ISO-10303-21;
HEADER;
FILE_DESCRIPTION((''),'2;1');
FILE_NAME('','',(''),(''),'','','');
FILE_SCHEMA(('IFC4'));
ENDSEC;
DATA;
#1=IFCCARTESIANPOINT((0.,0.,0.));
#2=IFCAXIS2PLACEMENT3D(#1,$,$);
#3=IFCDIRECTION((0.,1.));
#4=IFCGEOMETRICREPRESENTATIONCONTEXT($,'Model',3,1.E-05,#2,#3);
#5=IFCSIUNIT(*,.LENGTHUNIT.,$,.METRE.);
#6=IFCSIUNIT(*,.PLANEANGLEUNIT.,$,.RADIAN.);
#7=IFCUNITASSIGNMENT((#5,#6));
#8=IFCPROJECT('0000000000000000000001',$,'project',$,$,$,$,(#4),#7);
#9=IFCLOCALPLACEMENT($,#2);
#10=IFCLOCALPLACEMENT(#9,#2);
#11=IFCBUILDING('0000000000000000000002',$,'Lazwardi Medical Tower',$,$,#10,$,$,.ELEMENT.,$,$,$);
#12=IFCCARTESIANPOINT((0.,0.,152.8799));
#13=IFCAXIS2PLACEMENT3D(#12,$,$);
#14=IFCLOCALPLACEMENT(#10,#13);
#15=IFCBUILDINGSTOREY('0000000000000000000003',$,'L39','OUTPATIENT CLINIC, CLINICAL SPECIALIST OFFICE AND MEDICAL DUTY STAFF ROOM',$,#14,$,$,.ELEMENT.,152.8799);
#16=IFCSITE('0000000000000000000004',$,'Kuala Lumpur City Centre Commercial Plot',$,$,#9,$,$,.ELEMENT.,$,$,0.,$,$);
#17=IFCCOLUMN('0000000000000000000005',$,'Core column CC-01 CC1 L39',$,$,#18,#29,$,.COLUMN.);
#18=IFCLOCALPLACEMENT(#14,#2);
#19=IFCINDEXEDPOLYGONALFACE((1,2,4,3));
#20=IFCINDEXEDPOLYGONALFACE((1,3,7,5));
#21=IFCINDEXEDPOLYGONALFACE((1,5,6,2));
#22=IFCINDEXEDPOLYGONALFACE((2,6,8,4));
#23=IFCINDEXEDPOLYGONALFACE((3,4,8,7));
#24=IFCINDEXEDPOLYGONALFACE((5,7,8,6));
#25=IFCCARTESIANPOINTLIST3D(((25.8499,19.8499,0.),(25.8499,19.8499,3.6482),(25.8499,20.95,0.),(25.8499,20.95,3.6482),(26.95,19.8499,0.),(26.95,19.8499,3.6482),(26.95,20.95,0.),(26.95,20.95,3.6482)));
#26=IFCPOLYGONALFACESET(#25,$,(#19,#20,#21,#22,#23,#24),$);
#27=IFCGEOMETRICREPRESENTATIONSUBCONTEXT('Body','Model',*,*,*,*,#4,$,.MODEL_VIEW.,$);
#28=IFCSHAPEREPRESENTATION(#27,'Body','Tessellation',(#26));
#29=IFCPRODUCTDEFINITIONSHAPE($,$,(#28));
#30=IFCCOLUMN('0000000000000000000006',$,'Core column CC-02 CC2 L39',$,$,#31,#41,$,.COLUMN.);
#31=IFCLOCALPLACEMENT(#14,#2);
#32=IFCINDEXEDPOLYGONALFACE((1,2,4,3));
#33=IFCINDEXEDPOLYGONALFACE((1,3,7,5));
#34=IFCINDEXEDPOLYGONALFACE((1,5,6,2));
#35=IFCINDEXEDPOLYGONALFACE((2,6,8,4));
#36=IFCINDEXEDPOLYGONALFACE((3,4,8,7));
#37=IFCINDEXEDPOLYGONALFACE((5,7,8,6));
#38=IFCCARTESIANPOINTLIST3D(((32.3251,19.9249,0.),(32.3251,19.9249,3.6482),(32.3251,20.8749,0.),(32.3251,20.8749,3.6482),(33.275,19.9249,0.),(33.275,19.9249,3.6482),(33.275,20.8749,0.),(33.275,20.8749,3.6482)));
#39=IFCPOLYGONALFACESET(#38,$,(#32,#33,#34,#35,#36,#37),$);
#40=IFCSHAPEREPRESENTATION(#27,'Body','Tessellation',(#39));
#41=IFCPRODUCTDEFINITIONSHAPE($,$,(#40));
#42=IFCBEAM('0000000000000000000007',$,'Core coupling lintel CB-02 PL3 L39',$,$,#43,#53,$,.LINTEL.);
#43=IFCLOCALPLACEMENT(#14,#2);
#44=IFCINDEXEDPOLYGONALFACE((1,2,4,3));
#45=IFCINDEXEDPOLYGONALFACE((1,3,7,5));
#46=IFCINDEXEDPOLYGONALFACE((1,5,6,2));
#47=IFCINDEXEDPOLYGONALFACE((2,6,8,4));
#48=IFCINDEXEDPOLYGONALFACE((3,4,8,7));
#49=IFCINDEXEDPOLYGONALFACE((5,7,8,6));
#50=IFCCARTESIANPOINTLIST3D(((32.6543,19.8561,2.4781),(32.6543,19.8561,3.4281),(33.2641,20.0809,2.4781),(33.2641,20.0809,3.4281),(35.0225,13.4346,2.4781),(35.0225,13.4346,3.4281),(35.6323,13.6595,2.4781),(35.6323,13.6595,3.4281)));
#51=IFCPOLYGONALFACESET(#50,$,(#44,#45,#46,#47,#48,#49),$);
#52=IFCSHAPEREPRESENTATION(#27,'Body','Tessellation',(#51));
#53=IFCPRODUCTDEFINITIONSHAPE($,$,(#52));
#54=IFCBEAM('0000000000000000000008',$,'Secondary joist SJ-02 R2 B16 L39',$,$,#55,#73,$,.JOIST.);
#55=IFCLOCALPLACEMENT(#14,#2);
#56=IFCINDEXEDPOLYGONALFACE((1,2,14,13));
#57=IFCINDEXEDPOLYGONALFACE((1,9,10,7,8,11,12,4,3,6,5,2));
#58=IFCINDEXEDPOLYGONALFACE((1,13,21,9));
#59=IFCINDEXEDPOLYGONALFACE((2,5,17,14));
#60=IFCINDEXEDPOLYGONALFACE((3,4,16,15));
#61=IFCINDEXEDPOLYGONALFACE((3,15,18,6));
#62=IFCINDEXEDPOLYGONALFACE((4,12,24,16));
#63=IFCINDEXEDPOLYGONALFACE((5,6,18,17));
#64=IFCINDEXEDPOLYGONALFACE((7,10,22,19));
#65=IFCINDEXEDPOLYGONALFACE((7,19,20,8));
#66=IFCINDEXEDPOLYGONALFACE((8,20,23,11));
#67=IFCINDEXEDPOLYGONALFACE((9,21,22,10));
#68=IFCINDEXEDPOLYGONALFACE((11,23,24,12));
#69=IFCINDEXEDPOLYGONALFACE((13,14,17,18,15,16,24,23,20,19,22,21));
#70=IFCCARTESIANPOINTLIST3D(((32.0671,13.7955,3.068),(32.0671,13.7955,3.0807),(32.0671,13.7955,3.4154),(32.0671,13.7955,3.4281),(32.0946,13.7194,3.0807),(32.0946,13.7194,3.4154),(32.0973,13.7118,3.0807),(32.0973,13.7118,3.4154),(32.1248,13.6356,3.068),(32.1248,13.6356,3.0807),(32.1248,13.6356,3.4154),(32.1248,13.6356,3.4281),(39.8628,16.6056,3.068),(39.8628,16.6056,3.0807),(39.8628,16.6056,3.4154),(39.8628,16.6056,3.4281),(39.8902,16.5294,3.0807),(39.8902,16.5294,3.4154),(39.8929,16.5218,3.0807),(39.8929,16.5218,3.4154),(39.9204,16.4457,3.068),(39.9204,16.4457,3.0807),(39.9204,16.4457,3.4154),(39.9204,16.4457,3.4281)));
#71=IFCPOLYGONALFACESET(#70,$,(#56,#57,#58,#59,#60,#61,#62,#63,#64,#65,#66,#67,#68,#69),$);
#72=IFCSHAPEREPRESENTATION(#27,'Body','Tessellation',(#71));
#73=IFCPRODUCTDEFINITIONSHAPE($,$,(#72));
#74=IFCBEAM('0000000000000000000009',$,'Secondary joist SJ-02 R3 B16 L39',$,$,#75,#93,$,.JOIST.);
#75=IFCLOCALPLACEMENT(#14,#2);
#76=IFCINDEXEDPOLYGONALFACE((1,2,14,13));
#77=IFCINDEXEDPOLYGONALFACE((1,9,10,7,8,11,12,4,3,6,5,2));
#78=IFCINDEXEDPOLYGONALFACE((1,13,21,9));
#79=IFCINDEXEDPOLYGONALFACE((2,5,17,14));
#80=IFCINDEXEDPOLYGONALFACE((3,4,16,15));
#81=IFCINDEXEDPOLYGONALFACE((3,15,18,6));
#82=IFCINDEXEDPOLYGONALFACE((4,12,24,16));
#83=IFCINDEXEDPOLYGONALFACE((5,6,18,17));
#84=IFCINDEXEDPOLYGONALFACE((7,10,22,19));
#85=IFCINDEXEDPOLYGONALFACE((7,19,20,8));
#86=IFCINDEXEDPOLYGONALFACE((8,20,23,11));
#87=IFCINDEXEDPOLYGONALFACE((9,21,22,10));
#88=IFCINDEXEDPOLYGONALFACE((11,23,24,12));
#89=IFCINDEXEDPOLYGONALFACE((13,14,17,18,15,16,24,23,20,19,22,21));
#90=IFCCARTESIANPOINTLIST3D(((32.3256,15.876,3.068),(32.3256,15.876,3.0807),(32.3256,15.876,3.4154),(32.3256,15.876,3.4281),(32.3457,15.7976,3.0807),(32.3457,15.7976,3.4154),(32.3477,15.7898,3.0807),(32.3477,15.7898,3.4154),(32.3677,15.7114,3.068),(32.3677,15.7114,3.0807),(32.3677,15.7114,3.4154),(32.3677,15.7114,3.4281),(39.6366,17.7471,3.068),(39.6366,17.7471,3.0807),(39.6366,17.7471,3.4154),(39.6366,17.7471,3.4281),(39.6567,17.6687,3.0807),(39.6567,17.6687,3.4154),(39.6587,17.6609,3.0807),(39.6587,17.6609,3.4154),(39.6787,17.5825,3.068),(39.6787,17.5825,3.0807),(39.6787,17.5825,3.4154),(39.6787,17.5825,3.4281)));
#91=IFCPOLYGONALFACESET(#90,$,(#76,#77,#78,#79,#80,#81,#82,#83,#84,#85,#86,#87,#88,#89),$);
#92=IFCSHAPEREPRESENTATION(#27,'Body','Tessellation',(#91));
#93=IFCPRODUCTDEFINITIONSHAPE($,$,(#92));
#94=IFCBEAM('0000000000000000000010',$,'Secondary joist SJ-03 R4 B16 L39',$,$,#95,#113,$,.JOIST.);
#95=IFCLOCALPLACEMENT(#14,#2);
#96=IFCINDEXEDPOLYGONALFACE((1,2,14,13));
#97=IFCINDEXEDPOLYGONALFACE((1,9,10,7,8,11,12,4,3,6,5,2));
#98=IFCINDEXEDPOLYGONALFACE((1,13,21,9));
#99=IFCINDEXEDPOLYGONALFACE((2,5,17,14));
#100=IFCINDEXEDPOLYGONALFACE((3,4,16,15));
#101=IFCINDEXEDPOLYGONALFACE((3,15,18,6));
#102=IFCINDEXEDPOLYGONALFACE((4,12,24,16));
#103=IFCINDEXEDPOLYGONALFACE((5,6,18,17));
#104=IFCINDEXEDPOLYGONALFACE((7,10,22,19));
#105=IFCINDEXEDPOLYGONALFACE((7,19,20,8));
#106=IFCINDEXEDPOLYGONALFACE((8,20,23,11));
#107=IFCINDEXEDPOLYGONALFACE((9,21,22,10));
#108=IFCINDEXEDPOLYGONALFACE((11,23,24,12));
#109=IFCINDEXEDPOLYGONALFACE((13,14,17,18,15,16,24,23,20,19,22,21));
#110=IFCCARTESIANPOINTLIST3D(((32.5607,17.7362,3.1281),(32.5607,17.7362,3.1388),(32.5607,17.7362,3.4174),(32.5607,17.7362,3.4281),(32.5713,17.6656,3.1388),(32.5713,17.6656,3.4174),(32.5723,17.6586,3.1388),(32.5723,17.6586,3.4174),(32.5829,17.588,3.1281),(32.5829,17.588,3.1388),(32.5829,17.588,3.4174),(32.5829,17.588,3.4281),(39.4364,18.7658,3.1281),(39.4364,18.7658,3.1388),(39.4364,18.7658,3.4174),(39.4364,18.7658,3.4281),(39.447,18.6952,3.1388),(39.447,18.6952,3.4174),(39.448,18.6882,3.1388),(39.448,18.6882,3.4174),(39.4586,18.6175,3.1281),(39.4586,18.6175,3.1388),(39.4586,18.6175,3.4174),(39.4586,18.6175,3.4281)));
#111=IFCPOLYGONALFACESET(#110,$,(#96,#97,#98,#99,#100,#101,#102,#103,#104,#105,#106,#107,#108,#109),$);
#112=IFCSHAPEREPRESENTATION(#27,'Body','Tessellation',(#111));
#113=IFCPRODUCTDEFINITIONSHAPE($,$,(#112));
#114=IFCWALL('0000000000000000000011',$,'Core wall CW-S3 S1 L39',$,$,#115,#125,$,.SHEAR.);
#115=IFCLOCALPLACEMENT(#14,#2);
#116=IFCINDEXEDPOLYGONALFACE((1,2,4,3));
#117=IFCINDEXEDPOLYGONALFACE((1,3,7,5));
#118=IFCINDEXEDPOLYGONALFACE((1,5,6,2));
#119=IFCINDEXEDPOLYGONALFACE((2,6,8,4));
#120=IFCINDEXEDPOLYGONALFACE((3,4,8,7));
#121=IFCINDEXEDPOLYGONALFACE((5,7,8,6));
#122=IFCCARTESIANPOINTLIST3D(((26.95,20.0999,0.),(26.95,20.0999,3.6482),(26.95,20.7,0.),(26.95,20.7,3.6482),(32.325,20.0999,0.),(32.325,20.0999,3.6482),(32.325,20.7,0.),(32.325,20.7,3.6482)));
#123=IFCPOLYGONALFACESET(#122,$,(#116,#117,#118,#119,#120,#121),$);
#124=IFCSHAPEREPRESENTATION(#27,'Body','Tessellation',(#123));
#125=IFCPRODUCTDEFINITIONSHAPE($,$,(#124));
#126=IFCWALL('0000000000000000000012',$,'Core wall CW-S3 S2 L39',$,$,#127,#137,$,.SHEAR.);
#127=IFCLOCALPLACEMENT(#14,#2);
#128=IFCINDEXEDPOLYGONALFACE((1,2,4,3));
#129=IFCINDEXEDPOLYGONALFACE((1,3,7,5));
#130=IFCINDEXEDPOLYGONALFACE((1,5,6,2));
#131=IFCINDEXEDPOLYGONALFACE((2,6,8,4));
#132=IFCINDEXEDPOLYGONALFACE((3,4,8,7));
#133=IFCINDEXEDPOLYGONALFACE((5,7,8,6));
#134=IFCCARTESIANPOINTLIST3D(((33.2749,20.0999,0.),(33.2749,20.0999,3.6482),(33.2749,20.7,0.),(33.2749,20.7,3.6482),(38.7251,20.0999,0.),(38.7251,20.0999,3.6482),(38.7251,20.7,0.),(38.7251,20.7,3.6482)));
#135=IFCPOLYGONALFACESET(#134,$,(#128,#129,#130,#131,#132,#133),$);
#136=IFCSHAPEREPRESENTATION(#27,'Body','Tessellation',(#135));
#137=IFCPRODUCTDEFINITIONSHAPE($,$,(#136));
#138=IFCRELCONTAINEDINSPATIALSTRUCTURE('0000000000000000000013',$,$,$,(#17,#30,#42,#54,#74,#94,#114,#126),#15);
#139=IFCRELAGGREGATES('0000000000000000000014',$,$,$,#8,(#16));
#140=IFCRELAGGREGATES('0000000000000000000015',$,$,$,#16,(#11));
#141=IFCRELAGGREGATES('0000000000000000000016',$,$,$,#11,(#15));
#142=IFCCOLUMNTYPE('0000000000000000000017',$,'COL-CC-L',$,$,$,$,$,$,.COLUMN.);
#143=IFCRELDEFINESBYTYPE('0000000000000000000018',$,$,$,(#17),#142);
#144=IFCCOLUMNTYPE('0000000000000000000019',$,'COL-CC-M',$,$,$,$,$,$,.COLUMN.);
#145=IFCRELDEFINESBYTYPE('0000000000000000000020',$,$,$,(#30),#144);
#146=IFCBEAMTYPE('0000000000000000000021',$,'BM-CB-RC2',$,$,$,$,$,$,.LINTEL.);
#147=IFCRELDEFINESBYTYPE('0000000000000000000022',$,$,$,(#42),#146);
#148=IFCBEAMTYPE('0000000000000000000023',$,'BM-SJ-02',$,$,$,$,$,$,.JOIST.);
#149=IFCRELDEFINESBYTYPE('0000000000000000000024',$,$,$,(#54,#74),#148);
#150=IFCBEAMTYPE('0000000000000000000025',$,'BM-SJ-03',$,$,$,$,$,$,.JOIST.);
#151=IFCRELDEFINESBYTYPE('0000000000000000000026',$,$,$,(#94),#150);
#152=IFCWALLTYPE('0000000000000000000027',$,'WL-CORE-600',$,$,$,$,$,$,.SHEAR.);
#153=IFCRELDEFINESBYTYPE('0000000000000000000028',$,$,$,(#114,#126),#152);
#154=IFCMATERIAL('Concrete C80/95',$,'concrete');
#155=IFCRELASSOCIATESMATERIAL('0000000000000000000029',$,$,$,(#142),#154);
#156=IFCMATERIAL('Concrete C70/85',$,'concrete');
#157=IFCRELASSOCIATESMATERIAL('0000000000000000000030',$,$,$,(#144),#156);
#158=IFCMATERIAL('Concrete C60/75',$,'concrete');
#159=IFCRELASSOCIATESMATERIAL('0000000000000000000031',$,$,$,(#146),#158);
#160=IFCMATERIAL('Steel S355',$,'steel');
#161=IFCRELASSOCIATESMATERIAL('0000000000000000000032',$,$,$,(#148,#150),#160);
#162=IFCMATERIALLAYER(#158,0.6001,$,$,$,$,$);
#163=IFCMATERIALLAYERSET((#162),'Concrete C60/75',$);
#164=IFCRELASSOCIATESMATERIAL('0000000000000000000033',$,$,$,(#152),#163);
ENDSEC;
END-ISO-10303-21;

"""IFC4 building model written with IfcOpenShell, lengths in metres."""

from ifc_helpers import new_model, si_unit, direction, frame, frame_2d, origin, origin_2d, place, context, subcontext, project, spatial, rectangle, i_section, extrude, material, layer, layer_set, material_profile, profile_set, type_object, element, save


model = new_model("IFC4")

# Units and contexts
model_context = context("Model", 3, precision=1e-05, world=origin(), true_north=direction((0.0, 1.0)))
body_context = subcontext(model_context, "Body", "Model", "MODEL_VIEW")
ifc_project = project(units=[si_unit("LENGTHUNIT", "METRE"), si_unit("PLANEANGLEUNIT", "RADIAN")], contexts=[model_context])

# Site, building, storey
site_placement = place(None, origin())
site = spatial("IfcSite", under=ifc_project, at=site_placement, Name="Kuala Lumpur City Centre Commercial Plot", CompositionType="ELEMENT", RefElevation=0.0)
building_placement = place(site_placement, origin())
building = spatial("IfcBuilding", under=site, at=building_placement, Name="Lazwardi Medical Tower", CompositionType="ELEMENT")
storey_placement = place(building_placement, frame((0.0, 0.0, 152.8799)))
storey = spatial("IfcBuildingStorey", under=building, at=storey_placement, Name="L39", Description="OUTPATIENT CLINIC, CLINICAL SPECIALIST OFFICE AND MEDICAL DUTY STAFF ROOM", CompositionType="ELEMENT", Elevation=152.8799)

# Columns
ifc_material_1 = material(Name="Concrete C80/95", Category="concrete")
ifc_material_profile_1 = material_profile(ifc_material_1, rectangle(XDim=1.1001, YDim=1.1001, at=origin_2d()), Name="RC 1100x1100")
ifc_profile_set_1 = profile_set([ifc_material_profile_1], Name="Concrete C80/95")
column_type_1 = type_object("IfcColumnType", Name="COL-CC-L", PredefinedType="COLUMN", material=ifc_profile_set_1)
column_1_placement = place(storey_placement, frame((26.3999, 20.3999, 0.0), z_axis=(0.0, 0.0, 1.0), x_axis=(1.0, 0.0, 0.0)))
element("IfcColumn", 1, at=column_1_placement, inside=storey, type_object=column_type_1, Name="Core column CC-01 CC1 L39", PredefinedType="COLUMN", context=body_context, shape_type="SweptSolid", body=[
    extrude(rectangle(XDim=1.1001, YDim=1.1001, at=origin_2d()), origin(), (0.0, 0.0, 1.0), 3.6482),
])
ifc_material_2 = material(Name="Concrete C70/85", Category="concrete")
ifc_material_profile_2 = material_profile(ifc_material_2, rectangle(XDim=0.95, YDim=0.95, at=origin_2d()), Name="RC 950x950")
ifc_profile_set_2 = profile_set([ifc_material_profile_2], Name="Concrete C70/85")
column_type_2 = type_object("IfcColumnType", Name="COL-CC-M", PredefinedType="COLUMN", material=ifc_profile_set_2)
column_2_placement = place(storey_placement, frame((32.8, 20.3999, 0.0), z_axis=(0.0, 0.0, 1.0), x_axis=(1.0, 0.0, 0.0)))
element("IfcColumn", 2, at=column_2_placement, inside=storey, type_object=column_type_2, Name="Core column CC-02 CC2 L39", PredefinedType="COLUMN", context=body_context, shape_type="SweptSolid", body=[
    extrude(rectangle(XDim=0.95, YDim=0.95, at=origin_2d()), origin(), (0.0, 0.0, 1.0), 3.6482),
])

# Beams
ifc_material_3 = material(Name="Concrete C60/75", Category="concrete")
ifc_material_profile_3 = material_profile(ifc_material_3, rectangle(XDim=0.6499, YDim=0.95, at=origin_2d()), Name="RC 650x950")
ifc_profile_set_3 = profile_set([ifc_material_profile_3], Name="Concrete C60/75")
beam_type_1 = type_object("IfcBeamType", Name="BM-CB-RC2", PredefinedType="LINTEL", material=ifc_profile_set_3)
beam_1_placement = place(storey_placement, frame((32.9592, 19.9685, 2.9531), z_axis=(0.346013, -0.93823, 0.0), x_axis=(0.93823, 0.346013, 0.0)))
element("IfcBeam", 3, at=beam_1_placement, inside=storey, type_object=beam_type_1, Name="Core coupling lintel CB-02 PL3 L39", PredefinedType="LINTEL", context=body_context, shape_type="SweptSolid", body=[
    extrude(rectangle(XDim=0.6499, YDim=0.95, at=origin_2d()), origin(), (0.0, 0.0, 1.0), 6.8442),
])
ifc_material_4 = material(Name="Steel S355", Category="steel")
ifc_material_profile_4 = material_profile(ifc_material_4, i_section(OverallWidth=0.1699, OverallDepth=0.3601, WebThickness=0.0081, FlangeThickness=0.0127, at=origin_2d()), Name="IPE 360")
ifc_profile_set_4 = profile_set([ifc_material_profile_4], Name="Steel S355")
beam_type_2 = type_object("IfcBeamType", Name="BM-SJ-02", PredefinedType="JOIST", material=ifc_profile_set_4)
beam_2_placement = place(storey_placement, frame((32.0959, 13.7156, 3.248), z_axis=(0.940748, 0.339106, 0.0), x_axis=(-0.339106, 0.940748, 0.0)))
element("IfcBeam", 4, at=beam_2_placement, inside=storey, type_object=beam_type_2, Name="Secondary joist SJ-02 R2 B16 L39", PredefinedType="JOIST", context=body_context, shape_type="SweptSolid", body=[
    extrude(i_section(OverallWidth=0.1699, OverallDepth=0.3601, WebThickness=0.0081, FlangeThickness=0.0127, at=origin_2d()), origin(), (0.0, 0.0, 1.0), 8.2866),
])
beam_3_placement = place(storey_placement, frame((32.3467, 15.7937, 3.248), z_axis=(0.968776, 0.247936, 0.0), x_axis=(-0.247936, 0.968776, 0.0)))
element("IfcBeam", 5, at=beam_3_placement, inside=storey, type_object=beam_type_2, Name="Secondary joist SJ-02 R3 B16 L39", PredefinedType="JOIST", context=body_context, shape_type="SweptSolid", body=[
    extrude(i_section(OverallWidth=0.1699, OverallDepth=0.3601, WebThickness=0.0081, FlangeThickness=0.0127, at=origin_2d()), origin(), (0.0, 0.0, 1.0), 7.5466),
])
ifc_material_profile_5 = material_profile(ifc_material_4, i_section(OverallWidth=0.1499, OverallDepth=0.3, WebThickness=0.0071, FlangeThickness=0.0107, at=origin_2d()), Name="IPE 300")
ifc_profile_set_5 = profile_set([ifc_material_profile_5], Name="Steel S355")
beam_type_3 = type_object("IfcBeamType", Name="BM-SJ-03", PredefinedType="JOIST", material=ifc_profile_set_5)
beam_4_placement = place(storey_placement, frame((32.5718, 17.6621, 3.2781), z_axis=(0.988975, 0.148085, 0.0), x_axis=(-0.148085, 0.988975, 0.0)))
element("IfcBeam", 6, at=beam_4_placement, inside=storey, type_object=beam_type_3, Name="Secondary joist SJ-03 R4 B16 L39", PredefinedType="JOIST", context=body_context, shape_type="SweptSolid", body=[
    extrude(i_section(OverallWidth=0.1499, OverallDepth=0.3, WebThickness=0.0071, FlangeThickness=0.0107, at=origin_2d()), origin(), (0.0, 0.0, 1.0), 6.9524),
])

# Shared definitions
ifc_layer_1 = layer(ifc_material_3, 0.6001)
ifc_layer_set_1 = layer_set([ifc_layer_1], Name="Concrete C60/75")
wall_type_1 = type_object("IfcWallType", Name="WL-CORE-600", PredefinedType="SHEAR", material=ifc_layer_set_1)

# Walls
wall_1_placement = place(storey_placement, frame((26.95, 20.3999, 0.0), z_axis=(0.0, 0.0, 1.0), x_axis=(1.0, 0.0, 0.0)))
element("IfcWall", 7, at=wall_1_placement, inside=storey, type_object=wall_type_1, Name="Core wall CW-S3 S1 L39", PredefinedType="SHEAR", context=body_context, shape_type="SweptSolid", body=[
    extrude(rectangle(XDim=5.375, YDim=0.6001, at=frame_2d((2.6875, 0.0))), origin(), (0.0, 0.0, 1.0), 3.6482),
])
wall_2_placement = place(storey_placement, frame((33.2749, 20.3999, 0.0), z_axis=(0.0, 0.0, 1.0), x_axis=(1.0, 0.0, 0.0)))
element("IfcWall", 8, at=wall_2_placement, inside=storey, type_object=wall_type_1, Name="Core wall CW-S3 S2 L39", PredefinedType="SHEAR", context=body_context, shape_type="SweptSolid", body=[
    extrude(rectangle(XDim=5.4502, YDim=0.6001, at=frame_2d((2.7251, 0.0))), origin(), (0.0, 0.0, 1.0), 3.6482),
])

save(model, "model.ifc")
